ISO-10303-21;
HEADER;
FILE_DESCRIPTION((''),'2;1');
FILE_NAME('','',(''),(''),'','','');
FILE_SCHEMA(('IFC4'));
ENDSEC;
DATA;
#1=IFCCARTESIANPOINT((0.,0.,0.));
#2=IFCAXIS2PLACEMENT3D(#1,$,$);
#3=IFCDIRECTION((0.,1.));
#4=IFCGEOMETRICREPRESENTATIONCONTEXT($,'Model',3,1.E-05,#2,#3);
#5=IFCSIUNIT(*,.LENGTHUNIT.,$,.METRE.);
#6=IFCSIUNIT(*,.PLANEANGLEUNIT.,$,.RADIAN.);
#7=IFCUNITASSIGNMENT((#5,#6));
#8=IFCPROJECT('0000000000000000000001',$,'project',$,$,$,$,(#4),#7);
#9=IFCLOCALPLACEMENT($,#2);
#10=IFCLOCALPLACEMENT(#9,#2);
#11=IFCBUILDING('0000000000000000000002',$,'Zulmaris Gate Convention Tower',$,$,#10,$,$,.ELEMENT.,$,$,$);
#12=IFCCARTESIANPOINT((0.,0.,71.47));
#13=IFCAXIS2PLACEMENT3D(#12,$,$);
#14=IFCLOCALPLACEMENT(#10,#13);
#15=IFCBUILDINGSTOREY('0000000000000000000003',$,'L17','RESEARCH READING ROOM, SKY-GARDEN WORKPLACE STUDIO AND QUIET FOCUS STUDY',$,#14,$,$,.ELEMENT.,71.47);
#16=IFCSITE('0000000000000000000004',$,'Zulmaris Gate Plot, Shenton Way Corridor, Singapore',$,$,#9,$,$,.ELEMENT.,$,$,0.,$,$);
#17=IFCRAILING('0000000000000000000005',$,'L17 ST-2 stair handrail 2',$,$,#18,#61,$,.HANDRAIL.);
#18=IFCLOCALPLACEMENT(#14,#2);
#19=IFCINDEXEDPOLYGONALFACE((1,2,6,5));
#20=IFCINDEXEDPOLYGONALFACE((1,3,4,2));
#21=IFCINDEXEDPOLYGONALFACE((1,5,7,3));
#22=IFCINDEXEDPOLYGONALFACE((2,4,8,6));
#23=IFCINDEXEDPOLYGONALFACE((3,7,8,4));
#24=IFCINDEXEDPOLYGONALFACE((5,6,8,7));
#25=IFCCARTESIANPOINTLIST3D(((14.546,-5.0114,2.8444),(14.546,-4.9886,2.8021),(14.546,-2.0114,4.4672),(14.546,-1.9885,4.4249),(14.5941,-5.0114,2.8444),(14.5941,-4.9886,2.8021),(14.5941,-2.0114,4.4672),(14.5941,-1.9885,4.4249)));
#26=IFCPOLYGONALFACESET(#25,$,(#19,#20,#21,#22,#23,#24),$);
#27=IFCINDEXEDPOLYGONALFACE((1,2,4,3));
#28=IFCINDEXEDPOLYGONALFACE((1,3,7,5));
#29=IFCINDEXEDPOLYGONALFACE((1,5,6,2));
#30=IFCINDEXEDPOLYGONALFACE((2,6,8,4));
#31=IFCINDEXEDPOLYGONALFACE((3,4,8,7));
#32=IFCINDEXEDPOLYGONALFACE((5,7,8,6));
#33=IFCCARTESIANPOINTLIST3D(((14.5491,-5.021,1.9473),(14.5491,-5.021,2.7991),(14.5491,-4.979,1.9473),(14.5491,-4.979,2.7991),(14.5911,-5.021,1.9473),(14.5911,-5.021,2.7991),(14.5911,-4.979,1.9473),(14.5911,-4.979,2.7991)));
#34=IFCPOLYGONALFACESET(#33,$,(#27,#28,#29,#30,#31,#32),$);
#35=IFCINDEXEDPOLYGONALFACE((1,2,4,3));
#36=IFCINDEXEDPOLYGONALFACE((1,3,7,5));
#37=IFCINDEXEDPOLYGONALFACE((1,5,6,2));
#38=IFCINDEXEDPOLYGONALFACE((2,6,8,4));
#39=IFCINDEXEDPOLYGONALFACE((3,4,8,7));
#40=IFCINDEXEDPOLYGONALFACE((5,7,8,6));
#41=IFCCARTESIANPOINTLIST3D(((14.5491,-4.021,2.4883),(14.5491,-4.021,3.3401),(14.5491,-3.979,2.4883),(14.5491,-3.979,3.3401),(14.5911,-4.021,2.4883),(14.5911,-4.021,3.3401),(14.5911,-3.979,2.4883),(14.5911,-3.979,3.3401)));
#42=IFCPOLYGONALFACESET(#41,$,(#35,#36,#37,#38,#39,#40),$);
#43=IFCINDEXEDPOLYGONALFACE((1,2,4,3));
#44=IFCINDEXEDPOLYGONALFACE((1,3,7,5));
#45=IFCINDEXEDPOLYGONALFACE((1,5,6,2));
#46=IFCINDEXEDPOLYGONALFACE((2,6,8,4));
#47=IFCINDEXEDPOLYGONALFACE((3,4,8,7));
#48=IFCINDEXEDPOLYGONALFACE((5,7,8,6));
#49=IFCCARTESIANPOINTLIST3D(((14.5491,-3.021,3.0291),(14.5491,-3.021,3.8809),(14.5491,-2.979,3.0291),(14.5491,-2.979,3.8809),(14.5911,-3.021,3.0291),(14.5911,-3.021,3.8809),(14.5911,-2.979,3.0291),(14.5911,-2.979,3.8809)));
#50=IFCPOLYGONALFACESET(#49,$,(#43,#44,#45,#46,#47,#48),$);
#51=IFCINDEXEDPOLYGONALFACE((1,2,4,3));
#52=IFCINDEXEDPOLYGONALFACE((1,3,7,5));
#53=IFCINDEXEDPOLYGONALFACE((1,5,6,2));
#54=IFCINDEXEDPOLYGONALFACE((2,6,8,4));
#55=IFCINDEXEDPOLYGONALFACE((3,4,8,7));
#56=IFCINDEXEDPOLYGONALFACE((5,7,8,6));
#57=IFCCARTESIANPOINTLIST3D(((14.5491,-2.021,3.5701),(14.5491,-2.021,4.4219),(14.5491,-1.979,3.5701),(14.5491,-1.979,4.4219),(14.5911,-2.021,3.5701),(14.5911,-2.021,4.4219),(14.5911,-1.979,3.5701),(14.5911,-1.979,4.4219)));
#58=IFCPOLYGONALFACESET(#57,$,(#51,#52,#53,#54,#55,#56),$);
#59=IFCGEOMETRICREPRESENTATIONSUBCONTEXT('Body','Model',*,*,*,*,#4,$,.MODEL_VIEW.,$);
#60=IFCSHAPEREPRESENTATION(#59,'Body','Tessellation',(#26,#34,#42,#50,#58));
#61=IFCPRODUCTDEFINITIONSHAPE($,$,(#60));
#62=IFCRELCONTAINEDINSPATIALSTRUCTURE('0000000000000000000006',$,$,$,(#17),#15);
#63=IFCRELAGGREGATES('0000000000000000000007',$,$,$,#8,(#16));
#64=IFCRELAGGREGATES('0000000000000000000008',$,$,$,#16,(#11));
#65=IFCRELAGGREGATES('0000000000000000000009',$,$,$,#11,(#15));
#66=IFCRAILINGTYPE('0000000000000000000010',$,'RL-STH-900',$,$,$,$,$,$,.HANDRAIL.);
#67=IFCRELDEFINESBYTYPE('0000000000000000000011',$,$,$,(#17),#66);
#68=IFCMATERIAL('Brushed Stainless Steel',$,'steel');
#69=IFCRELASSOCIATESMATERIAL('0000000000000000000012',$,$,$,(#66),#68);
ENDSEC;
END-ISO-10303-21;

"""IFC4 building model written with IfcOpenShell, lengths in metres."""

from ifc_helpers import new_model, si_unit, direction, frame, origin, origin_2d, place, context, subcontext, project, spatial, rectangle, extrude, material, type_object, element, save


model = new_model("IFC4")

# Units and contexts
model_context = context("Model", 3, precision=1e-05, world=origin(), true_north=direction((0.0, 1.0)))
body_context = subcontext(model_context, "Body", "Model", "MODEL_VIEW")
ifc_project = project(units=[si_unit("LENGTHUNIT", "METRE"), si_unit("PLANEANGLEUNIT", "RADIAN")], contexts=[model_context])

# Site, building, storey
site_placement = place(None, origin())
site = spatial("IfcSite", under=ifc_project, at=site_placement, Name="Zulmaris Gate Plot, Shenton Way Corridor, Singapore", CompositionType="ELEMENT", RefElevation=0.0)
building_placement = place(site_placement, origin())
building = spatial("IfcBuilding", under=site, at=building_placement, Name="Zulmaris Gate Convention Tower", CompositionType="ELEMENT")
storey_placement = place(building_placement, frame((0.0, 0.0, 71.47)))
storey = spatial("IfcBuildingStorey", under=building, at=storey_placement, Name="L17", Description="RESEARCH READING ROOM, SKY-GARDEN WORKPLACE STUDIO AND QUIET FOCUS STUDY", CompositionType="ELEMENT", Elevation=71.47)

# Railing
ifc_material_1 = material(Name="Brushed Stainless Steel", Category="steel")
railing_type_1 = type_object("IfcRailingType", Name="RL-STH-900", PredefinedType="HANDRAIL", material=ifc_material_1)
railing_1_placement = place(storey_placement, frame((14.5701, -5.0, 1.9473)))
element("IfcRailing", 1, at=railing_1_placement, inside=storey, type_object=railing_type_1, Name="L17 ST-2 stair handrail 2", PredefinedType="HANDRAIL", context=body_context, shape_type="SweptSolid", body=[
    extrude(rectangle(XDim=0.0481, YDim=0.0481, at=origin_2d()), frame((0.0, 0.0, 0.876), z_axis=(0.0, 0.879562, 0.475785), x_axis=(-1.0, 0.0, 0.0)), (0.0, 0.0, 1.0), 3.4109),
    extrude(rectangle(XDim=0.042, YDim=0.042, at=origin_2d()), origin(), (0.0, 0.0, 1.0), 0.8518),
    extrude(rectangle(XDim=0.042, YDim=0.042, at=origin_2d()), frame((0.0, 1.0, 0.541)), (0.0, 0.0, 1.0), 0.8518),
    extrude(rectangle(XDim=0.042, YDim=0.042, at=origin_2d()), frame((0.0, 2.0, 1.0818)), (0.0, 0.0, 1.0), 0.8518),
    extrude(rectangle(XDim=0.042, YDim=0.042, at=origin_2d()), frame((0.0, 3.0, 1.6228)), (0.0, 0.0, 1.0), 0.8518),
])

save(model, "model.ifc")
